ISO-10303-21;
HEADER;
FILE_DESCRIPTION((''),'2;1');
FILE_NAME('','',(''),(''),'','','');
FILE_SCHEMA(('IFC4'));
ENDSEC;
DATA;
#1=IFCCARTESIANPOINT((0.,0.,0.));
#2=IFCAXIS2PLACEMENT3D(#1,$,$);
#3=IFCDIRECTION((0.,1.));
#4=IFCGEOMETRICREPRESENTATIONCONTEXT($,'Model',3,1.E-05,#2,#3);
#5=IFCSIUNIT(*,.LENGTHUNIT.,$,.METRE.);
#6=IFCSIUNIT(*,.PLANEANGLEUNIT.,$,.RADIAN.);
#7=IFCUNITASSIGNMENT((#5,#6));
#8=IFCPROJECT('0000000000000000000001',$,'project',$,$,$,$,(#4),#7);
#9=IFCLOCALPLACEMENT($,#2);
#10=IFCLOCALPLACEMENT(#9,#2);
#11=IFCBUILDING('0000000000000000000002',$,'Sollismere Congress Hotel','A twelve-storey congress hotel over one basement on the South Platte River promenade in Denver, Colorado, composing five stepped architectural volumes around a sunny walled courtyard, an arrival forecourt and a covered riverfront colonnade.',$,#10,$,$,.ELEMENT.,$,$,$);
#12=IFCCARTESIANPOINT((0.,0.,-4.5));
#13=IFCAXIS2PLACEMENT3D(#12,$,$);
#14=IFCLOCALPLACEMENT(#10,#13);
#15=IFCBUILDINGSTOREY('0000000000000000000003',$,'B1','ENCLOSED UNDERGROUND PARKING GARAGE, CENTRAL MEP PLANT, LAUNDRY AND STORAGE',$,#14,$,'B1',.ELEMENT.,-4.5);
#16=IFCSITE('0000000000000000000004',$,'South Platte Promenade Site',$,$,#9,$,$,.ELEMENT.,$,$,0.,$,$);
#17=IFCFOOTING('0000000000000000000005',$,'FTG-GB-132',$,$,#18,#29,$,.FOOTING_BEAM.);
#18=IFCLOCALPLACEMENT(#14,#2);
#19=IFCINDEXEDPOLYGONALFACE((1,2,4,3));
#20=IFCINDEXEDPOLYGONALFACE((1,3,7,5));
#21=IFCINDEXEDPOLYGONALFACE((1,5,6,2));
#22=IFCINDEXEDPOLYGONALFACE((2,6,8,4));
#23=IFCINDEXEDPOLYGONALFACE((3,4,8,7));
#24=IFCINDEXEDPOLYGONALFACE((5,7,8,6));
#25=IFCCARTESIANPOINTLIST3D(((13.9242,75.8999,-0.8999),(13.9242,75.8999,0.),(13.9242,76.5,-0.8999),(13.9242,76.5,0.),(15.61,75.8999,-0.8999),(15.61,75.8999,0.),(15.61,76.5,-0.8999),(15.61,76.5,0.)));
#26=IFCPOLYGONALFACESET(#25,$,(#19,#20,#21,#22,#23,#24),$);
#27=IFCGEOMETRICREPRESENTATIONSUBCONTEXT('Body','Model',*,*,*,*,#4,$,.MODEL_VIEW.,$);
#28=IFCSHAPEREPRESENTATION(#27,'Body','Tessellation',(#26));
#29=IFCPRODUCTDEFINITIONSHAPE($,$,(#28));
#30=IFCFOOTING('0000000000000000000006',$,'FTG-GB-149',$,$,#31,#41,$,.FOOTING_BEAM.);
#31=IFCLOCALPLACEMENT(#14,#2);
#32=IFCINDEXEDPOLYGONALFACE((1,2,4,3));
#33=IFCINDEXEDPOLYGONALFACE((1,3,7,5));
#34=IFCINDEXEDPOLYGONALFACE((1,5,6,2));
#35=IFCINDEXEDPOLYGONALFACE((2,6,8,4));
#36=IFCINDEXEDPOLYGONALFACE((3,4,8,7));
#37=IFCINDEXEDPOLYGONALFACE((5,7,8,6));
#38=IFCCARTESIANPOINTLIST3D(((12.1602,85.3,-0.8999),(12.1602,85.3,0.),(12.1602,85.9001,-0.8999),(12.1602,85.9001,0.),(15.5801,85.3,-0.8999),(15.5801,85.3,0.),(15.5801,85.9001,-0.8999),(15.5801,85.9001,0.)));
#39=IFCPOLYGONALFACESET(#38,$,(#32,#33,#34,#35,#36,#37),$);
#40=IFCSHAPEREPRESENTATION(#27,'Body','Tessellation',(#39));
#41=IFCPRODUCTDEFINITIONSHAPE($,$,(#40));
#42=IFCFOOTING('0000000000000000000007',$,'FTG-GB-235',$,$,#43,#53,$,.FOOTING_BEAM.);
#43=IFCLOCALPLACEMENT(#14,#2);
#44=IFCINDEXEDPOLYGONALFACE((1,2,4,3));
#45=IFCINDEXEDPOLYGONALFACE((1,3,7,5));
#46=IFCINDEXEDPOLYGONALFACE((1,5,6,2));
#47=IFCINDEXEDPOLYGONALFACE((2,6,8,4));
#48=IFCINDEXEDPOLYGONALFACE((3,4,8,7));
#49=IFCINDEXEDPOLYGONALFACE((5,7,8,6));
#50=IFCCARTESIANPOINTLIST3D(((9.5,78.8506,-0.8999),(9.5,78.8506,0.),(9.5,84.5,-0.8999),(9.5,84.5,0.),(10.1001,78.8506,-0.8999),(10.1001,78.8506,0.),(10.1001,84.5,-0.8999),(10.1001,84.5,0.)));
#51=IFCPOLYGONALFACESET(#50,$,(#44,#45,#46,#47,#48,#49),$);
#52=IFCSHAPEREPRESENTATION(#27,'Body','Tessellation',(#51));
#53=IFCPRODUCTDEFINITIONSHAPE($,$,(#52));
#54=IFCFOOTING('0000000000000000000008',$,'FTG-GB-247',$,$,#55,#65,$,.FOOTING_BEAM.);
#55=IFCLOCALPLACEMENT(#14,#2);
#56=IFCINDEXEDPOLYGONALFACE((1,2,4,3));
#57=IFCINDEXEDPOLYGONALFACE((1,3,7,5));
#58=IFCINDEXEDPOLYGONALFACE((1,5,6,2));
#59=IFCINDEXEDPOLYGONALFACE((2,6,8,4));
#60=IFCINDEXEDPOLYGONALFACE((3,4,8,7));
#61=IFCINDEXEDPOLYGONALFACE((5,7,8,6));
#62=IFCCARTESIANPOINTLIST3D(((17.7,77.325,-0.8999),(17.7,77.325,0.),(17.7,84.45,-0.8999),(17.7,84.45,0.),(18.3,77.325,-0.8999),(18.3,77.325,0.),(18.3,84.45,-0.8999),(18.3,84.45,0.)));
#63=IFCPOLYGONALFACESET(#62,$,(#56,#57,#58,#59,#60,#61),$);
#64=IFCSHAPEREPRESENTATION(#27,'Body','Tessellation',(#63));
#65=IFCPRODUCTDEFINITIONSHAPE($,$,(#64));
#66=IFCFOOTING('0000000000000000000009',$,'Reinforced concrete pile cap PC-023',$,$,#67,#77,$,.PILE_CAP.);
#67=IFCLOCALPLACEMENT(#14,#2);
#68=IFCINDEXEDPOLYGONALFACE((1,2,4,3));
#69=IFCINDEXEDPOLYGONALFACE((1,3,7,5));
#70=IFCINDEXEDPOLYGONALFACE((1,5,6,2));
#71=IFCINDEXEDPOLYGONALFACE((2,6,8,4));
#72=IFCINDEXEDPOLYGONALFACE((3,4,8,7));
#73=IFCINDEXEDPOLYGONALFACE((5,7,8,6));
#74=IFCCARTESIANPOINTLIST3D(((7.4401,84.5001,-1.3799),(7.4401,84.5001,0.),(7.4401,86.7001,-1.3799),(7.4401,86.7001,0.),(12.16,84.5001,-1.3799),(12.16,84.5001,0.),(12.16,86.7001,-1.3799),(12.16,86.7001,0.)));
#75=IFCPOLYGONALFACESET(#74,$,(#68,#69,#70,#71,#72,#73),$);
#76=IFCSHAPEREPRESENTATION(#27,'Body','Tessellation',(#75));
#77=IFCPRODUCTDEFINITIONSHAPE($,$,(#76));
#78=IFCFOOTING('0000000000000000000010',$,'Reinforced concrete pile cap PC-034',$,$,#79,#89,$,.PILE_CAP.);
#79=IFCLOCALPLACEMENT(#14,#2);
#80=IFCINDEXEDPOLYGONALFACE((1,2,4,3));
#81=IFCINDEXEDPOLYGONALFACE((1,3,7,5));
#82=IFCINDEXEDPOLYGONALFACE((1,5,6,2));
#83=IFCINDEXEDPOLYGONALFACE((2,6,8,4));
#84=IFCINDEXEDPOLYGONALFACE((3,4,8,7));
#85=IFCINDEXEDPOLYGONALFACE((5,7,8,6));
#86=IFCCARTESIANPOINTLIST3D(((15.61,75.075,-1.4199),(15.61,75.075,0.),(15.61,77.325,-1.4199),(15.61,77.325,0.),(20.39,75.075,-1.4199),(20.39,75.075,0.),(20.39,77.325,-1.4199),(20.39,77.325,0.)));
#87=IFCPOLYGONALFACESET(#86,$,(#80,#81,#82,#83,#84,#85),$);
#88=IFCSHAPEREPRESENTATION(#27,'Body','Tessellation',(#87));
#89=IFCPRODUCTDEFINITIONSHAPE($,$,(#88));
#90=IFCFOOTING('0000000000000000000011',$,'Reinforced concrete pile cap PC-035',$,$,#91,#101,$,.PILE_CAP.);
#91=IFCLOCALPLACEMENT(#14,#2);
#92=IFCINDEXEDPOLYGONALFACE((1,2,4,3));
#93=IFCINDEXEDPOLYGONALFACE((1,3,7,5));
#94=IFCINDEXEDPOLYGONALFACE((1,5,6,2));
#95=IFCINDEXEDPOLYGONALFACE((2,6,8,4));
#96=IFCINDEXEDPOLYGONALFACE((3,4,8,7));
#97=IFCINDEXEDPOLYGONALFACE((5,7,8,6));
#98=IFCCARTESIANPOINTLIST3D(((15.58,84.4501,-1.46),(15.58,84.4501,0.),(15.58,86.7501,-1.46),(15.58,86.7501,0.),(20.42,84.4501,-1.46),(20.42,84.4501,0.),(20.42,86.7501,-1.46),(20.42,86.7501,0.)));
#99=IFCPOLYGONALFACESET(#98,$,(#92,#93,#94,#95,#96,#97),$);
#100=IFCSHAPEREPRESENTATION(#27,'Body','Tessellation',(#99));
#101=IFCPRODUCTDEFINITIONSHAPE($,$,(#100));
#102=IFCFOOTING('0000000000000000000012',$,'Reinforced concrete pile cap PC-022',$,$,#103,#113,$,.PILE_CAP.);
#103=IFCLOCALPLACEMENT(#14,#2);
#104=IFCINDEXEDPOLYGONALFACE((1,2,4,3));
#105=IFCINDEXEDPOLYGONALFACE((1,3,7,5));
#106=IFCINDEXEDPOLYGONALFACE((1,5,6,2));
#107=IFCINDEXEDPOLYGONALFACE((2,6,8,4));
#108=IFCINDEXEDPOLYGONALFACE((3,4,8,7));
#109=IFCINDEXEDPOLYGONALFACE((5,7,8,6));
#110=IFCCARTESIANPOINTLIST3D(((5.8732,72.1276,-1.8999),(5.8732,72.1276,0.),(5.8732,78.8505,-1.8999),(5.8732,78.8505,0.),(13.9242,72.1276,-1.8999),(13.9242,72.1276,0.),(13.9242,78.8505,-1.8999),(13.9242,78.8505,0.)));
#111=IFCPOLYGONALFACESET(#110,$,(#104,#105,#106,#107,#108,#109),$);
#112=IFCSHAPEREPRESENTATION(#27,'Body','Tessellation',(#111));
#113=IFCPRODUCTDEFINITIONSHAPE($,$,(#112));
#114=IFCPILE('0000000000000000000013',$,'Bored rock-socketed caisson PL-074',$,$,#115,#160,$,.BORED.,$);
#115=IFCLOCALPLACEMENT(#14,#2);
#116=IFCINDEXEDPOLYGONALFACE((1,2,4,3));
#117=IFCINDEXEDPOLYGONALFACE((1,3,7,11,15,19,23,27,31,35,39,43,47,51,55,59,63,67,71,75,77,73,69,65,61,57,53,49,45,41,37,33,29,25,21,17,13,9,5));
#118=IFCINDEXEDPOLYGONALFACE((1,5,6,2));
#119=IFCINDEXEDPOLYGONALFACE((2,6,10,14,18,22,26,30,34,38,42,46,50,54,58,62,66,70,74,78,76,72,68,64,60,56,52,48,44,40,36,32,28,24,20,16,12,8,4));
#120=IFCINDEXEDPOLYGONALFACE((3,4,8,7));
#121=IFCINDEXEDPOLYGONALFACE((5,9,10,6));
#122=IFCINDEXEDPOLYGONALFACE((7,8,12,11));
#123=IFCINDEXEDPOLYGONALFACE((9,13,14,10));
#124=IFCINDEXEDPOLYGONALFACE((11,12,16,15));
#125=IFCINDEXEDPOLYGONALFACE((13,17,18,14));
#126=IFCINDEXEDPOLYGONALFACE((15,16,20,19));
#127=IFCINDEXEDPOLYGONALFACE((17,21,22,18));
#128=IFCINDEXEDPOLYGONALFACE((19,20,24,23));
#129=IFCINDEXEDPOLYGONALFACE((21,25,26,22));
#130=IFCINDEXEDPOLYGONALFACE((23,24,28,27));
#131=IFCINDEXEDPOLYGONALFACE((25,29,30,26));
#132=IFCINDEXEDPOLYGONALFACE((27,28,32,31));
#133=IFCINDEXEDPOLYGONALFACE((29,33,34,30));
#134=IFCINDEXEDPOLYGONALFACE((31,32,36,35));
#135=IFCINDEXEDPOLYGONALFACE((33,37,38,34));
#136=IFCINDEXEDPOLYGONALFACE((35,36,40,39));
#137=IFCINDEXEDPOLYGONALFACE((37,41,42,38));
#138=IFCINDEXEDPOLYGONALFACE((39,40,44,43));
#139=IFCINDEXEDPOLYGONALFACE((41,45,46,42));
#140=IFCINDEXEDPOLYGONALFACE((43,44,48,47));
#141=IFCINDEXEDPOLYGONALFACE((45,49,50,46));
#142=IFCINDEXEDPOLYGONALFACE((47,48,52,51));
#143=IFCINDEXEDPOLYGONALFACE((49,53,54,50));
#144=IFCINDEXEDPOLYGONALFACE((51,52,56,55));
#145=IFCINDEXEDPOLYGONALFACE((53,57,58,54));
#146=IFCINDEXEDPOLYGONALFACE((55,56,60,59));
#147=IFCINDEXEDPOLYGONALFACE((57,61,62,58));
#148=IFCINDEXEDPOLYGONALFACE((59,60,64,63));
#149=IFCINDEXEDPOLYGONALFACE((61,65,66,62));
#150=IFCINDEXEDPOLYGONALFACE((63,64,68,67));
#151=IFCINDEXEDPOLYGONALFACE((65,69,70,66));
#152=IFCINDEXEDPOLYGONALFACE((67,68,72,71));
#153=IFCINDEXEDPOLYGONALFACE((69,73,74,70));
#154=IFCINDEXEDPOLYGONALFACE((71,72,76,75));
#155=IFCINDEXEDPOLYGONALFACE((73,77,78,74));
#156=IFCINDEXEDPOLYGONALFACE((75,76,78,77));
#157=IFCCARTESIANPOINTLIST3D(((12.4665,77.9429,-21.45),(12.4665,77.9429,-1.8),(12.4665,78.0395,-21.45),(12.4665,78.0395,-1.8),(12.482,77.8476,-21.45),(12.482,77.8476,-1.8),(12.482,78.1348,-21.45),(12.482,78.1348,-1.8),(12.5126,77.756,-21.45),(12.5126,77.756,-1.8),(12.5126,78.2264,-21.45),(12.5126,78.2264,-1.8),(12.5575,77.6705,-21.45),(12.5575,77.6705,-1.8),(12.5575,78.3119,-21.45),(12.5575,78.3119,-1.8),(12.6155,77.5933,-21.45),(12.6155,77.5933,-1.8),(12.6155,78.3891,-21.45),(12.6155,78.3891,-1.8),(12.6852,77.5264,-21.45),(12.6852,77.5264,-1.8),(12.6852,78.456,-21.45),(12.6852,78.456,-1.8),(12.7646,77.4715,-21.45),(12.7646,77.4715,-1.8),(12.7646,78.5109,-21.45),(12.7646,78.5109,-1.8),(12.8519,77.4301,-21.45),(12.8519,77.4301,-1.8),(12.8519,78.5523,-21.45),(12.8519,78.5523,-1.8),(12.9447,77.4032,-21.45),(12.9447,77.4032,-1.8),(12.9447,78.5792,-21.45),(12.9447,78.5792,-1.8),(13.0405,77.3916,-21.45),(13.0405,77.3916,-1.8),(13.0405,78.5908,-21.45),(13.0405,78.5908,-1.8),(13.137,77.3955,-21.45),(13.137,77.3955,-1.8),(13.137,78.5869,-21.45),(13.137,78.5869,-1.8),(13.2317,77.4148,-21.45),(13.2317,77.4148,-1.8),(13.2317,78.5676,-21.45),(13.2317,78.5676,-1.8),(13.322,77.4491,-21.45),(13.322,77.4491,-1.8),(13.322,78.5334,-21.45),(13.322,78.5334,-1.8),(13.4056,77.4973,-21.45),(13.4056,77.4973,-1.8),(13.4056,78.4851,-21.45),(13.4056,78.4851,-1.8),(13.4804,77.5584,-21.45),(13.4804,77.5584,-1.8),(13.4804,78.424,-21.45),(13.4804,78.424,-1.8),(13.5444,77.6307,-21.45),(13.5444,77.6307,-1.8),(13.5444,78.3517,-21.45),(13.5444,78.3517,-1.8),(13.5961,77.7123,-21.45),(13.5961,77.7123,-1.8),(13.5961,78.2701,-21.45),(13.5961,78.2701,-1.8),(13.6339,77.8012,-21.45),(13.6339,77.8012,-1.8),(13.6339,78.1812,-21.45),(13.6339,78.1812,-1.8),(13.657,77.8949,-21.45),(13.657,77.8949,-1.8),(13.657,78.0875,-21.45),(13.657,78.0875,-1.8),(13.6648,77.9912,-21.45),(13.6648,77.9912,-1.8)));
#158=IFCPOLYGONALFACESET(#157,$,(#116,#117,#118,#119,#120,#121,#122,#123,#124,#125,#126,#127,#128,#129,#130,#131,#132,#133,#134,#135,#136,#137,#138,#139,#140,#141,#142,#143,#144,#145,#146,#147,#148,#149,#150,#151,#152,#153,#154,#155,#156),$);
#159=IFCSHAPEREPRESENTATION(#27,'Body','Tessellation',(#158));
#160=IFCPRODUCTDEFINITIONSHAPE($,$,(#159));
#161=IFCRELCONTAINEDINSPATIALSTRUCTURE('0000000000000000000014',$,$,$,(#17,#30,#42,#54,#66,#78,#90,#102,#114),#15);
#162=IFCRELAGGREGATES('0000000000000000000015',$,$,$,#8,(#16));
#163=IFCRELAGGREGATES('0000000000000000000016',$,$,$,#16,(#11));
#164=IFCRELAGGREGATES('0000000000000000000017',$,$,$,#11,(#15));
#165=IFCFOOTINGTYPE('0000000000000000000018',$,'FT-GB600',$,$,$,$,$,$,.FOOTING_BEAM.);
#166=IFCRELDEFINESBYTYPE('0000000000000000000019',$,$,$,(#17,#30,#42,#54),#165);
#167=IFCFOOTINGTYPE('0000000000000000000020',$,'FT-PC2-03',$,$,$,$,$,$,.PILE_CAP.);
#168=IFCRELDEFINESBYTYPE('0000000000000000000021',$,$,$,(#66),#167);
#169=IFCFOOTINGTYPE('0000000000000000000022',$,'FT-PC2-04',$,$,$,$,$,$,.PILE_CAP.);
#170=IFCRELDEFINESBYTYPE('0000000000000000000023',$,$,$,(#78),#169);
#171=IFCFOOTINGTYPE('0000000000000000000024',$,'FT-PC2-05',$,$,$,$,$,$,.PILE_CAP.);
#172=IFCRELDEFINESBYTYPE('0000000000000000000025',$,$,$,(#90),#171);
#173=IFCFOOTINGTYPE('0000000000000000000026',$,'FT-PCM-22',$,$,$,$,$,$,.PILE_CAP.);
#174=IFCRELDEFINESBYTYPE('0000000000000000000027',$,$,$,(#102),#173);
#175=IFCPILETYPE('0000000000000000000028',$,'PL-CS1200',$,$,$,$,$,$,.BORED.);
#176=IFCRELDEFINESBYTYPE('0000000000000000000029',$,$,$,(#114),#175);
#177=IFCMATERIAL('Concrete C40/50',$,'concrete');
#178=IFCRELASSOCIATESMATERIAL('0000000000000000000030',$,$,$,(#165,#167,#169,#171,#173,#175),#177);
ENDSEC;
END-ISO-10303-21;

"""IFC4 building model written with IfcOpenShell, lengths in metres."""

from ifc_helpers import new_model, si_unit, direction, frame, origin, origin_2d, place, context, subcontext, project, spatial, rectangle, circle, extrude, material, material_profile, profile_set, type_object, element, save


model = new_model("IFC4")

# Units and contexts
model_context = context("Model", 3, precision=1e-05, world=origin(), true_north=direction((0.0, 1.0)))
body_context = subcontext(model_context, "Body", "Model", "MODEL_VIEW")
ifc_project = project(units=[si_unit("LENGTHUNIT", "METRE"), si_unit("PLANEANGLEUNIT", "RADIAN")], contexts=[model_context])

# Site, building, storey
site_placement = place(None, origin())
site = spatial("IfcSite", under=ifc_project, at=site_placement, Name="South Platte Promenade Site", CompositionType="ELEMENT", RefElevation=0.0)
building_placement = place(site_placement, origin())
building = spatial("IfcBuilding", under=site, at=building_placement, Name="Sollismere Congress Hotel", Description="A twelve-storey congress hotel over one basement on the South Platte River promenade in Denver, Colorado, composing five stepped architectural volumes around a sunny walled courtyard, an arrival forecourt and a covered riverfront colonnade.", CompositionType="ELEMENT")
storey_placement = place(building_placement, frame((0.0, 0.0, -4.5)))
storey = spatial("IfcBuildingStorey", under=building, at=storey_placement, Name="B1", Description="ENCLOSED UNDERGROUND PARKING GARAGE, CENTRAL MEP PLANT, LAUNDRY AND STORAGE", LongName="B1", CompositionType="ELEMENT", Elevation=-4.5)

# Footings
ifc_material_1 = material(Name="Concrete C40/50", Category="concrete")
footing_type_1 = type_object("IfcFootingType", Name="FT-GB600", PredefinedType="FOOTING_BEAM", material=ifc_material_1)
footing_1_placement = place(storey_placement, frame((14.7671, 76.2, -0.8999), z_axis=(0.0, 0.0, 1.0), x_axis=(1.0, 0.0, 0.0)))
element("IfcFooting", 1, at=footing_1_placement, inside=storey, type_object=footing_type_1, Name="FTG-GB-132", PredefinedType="FOOTING_BEAM", context=body_context, shape_type="SweptSolid", body=[
    extrude(rectangle(XDim=1.6858, YDim=0.6001, at=origin_2d()), origin(), (0.0, 0.0, 1.0), 0.8999),
])
footing_2_placement = place(storey_placement, frame((13.8701, 85.6001, -0.8999), z_axis=(0.0, 0.0, 1.0), x_axis=(1.0, 0.0, 0.0)))
element("IfcFooting", 2, at=footing_2_placement, inside=storey, type_object=footing_type_1, Name="FTG-GB-149", PredefinedType="FOOTING_BEAM", context=body_context, shape_type="SweptSolid", body=[
    extrude(rectangle(XDim=3.4199, YDim=0.6001, at=origin_2d()), origin(), (0.0, 0.0, 1.0), 0.8999),
])
footing_3_placement = place(storey_placement, frame((9.8, 81.6753, -0.8999), z_axis=(0.0, 0.0, 1.0), x_axis=(0.0, 1.0, 0.0)))
element("IfcFooting", 3, at=footing_3_placement, inside=storey, type_object=footing_type_1, Name="FTG-GB-235", PredefinedType="FOOTING_BEAM", context=body_context, shape_type="SweptSolid", body=[
    extrude(rectangle(XDim=5.6494, YDim=0.6001, at=origin_2d()), origin(), (0.0, 0.0, 1.0), 0.8999),
])
footing_4_placement = place(storey_placement, frame((18.0, 80.8875, -0.8999), z_axis=(0.0, 0.0, 1.0), x_axis=(0.0, 1.0, 0.0)))
element("IfcFooting", 4, at=footing_4_placement, inside=storey, type_object=footing_type_1, Name="FTG-GB-247", PredefinedType="FOOTING_BEAM", context=body_context, shape_type="SweptSolid", body=[
    extrude(rectangle(XDim=7.125, YDim=0.6001, at=origin_2d()), origin(), (0.0, 0.0, 1.0), 0.8999),
])
footing_type_2 = type_object("IfcFootingType", Name="FT-PC2-03", PredefinedType="PILE_CAP", material=ifc_material_1)
footing_5_placement = place(storey_placement, frame((9.8, 85.6001, -1.3799), z_axis=(0.0, 0.0, 1.0), x_axis=(1.0, 0.0, 0.0)))
element("IfcFooting", 5, at=footing_5_placement, inside=storey, type_object=footing_type_2, Name="Reinforced concrete pile cap PC-023", PredefinedType="PILE_CAP", context=body_context, shape_type="SweptSolid", body=[
    extrude(rectangle(XDim=4.72, YDim=2.2, at=origin_2d()), origin(), (0.0, 0.0, 1.0), 1.3799),
])
footing_type_3 = type_object("IfcFootingType", Name="FT-PC2-04", PredefinedType="PILE_CAP", material=ifc_material_1)
footing_6_placement = place(storey_placement, frame((18.0, 76.2, -1.4199), z_axis=(0.0, 0.0, 1.0), x_axis=(1.0, 0.0, 0.0)))
element("IfcFooting", 6, at=footing_6_placement, inside=storey, type_object=footing_type_3, Name="Reinforced concrete pile cap PC-034", PredefinedType="PILE_CAP", context=body_context, shape_type="SweptSolid", body=[
    extrude(rectangle(XDim=4.78, YDim=2.25, at=origin_2d()), origin(), (0.0, 0.0, 1.0), 1.4199),
])
footing_type_4 = type_object("IfcFootingType", Name="FT-PC2-05", PredefinedType="PILE_CAP", material=ifc_material_1)
footing_7_placement = place(storey_placement, frame((18.0, 85.6001, -1.46), z_axis=(0.0, 0.0, 1.0), x_axis=(1.0, 0.0, 0.0)))
element("IfcFooting", 7, at=footing_7_placement, inside=storey, type_object=footing_type_4, Name="Reinforced concrete pile cap PC-035", PredefinedType="PILE_CAP", context=body_context, shape_type="SweptSolid", body=[
    extrude(rectangle(XDim=4.8401, YDim=2.3, at=origin_2d()), origin(), (0.0, 0.0, 1.0), 1.46),
])
footing_type_5 = type_object("IfcFootingType", Name="FT-PCM-22", PredefinedType="PILE_CAP", material=ifc_material_1)
footing_8_placement = place(storey_placement, frame((9.8987, 75.489, -1.8999), z_axis=(0.0, 0.0, 1.0), x_axis=(1.0, 0.0, 0.0)))
element("IfcFooting", 8, at=footing_8_placement, inside=storey, type_object=footing_type_5, Name="Reinforced concrete pile cap PC-022", PredefinedType="PILE_CAP", context=body_context, shape_type="SweptSolid", body=[
    extrude(rectangle(XDim=8.051, YDim=6.7229, at=origin_2d()), origin(), (0.0, 0.0, 1.0), 1.8999),
])

# Pile
ifc_material_profile_1 = material_profile(ifc_material_1, circle(Radius=0.6001, at=origin_2d()), Name="CAISSON1200")
ifc_profile_set_1 = profile_set([ifc_material_profile_1], Name="Concrete C40/50")
pile_type = type_object("IfcPileType", Name="PL-CS1200", PredefinedType="BORED", material=ifc_profile_set_1)
pile_1_placement = place(storey_placement, frame((13.0647, 77.9912, -1.8), z_axis=(0.0, 0.0, -1.0), x_axis=(1.0, 0.0, 0.0)))
element("IfcPile", 9, at=pile_1_placement, inside=storey, type_object=pile_type, Name="Bored rock-socketed caisson PL-074", PredefinedType="BORED", context=body_context, shape_type="SweptSolid", body=[
    extrude(circle(Radius=0.6001, at=origin_2d()), origin(), (0.0, 0.0, 1.0), 19.6499),
])

save(model, "model.ifc")
